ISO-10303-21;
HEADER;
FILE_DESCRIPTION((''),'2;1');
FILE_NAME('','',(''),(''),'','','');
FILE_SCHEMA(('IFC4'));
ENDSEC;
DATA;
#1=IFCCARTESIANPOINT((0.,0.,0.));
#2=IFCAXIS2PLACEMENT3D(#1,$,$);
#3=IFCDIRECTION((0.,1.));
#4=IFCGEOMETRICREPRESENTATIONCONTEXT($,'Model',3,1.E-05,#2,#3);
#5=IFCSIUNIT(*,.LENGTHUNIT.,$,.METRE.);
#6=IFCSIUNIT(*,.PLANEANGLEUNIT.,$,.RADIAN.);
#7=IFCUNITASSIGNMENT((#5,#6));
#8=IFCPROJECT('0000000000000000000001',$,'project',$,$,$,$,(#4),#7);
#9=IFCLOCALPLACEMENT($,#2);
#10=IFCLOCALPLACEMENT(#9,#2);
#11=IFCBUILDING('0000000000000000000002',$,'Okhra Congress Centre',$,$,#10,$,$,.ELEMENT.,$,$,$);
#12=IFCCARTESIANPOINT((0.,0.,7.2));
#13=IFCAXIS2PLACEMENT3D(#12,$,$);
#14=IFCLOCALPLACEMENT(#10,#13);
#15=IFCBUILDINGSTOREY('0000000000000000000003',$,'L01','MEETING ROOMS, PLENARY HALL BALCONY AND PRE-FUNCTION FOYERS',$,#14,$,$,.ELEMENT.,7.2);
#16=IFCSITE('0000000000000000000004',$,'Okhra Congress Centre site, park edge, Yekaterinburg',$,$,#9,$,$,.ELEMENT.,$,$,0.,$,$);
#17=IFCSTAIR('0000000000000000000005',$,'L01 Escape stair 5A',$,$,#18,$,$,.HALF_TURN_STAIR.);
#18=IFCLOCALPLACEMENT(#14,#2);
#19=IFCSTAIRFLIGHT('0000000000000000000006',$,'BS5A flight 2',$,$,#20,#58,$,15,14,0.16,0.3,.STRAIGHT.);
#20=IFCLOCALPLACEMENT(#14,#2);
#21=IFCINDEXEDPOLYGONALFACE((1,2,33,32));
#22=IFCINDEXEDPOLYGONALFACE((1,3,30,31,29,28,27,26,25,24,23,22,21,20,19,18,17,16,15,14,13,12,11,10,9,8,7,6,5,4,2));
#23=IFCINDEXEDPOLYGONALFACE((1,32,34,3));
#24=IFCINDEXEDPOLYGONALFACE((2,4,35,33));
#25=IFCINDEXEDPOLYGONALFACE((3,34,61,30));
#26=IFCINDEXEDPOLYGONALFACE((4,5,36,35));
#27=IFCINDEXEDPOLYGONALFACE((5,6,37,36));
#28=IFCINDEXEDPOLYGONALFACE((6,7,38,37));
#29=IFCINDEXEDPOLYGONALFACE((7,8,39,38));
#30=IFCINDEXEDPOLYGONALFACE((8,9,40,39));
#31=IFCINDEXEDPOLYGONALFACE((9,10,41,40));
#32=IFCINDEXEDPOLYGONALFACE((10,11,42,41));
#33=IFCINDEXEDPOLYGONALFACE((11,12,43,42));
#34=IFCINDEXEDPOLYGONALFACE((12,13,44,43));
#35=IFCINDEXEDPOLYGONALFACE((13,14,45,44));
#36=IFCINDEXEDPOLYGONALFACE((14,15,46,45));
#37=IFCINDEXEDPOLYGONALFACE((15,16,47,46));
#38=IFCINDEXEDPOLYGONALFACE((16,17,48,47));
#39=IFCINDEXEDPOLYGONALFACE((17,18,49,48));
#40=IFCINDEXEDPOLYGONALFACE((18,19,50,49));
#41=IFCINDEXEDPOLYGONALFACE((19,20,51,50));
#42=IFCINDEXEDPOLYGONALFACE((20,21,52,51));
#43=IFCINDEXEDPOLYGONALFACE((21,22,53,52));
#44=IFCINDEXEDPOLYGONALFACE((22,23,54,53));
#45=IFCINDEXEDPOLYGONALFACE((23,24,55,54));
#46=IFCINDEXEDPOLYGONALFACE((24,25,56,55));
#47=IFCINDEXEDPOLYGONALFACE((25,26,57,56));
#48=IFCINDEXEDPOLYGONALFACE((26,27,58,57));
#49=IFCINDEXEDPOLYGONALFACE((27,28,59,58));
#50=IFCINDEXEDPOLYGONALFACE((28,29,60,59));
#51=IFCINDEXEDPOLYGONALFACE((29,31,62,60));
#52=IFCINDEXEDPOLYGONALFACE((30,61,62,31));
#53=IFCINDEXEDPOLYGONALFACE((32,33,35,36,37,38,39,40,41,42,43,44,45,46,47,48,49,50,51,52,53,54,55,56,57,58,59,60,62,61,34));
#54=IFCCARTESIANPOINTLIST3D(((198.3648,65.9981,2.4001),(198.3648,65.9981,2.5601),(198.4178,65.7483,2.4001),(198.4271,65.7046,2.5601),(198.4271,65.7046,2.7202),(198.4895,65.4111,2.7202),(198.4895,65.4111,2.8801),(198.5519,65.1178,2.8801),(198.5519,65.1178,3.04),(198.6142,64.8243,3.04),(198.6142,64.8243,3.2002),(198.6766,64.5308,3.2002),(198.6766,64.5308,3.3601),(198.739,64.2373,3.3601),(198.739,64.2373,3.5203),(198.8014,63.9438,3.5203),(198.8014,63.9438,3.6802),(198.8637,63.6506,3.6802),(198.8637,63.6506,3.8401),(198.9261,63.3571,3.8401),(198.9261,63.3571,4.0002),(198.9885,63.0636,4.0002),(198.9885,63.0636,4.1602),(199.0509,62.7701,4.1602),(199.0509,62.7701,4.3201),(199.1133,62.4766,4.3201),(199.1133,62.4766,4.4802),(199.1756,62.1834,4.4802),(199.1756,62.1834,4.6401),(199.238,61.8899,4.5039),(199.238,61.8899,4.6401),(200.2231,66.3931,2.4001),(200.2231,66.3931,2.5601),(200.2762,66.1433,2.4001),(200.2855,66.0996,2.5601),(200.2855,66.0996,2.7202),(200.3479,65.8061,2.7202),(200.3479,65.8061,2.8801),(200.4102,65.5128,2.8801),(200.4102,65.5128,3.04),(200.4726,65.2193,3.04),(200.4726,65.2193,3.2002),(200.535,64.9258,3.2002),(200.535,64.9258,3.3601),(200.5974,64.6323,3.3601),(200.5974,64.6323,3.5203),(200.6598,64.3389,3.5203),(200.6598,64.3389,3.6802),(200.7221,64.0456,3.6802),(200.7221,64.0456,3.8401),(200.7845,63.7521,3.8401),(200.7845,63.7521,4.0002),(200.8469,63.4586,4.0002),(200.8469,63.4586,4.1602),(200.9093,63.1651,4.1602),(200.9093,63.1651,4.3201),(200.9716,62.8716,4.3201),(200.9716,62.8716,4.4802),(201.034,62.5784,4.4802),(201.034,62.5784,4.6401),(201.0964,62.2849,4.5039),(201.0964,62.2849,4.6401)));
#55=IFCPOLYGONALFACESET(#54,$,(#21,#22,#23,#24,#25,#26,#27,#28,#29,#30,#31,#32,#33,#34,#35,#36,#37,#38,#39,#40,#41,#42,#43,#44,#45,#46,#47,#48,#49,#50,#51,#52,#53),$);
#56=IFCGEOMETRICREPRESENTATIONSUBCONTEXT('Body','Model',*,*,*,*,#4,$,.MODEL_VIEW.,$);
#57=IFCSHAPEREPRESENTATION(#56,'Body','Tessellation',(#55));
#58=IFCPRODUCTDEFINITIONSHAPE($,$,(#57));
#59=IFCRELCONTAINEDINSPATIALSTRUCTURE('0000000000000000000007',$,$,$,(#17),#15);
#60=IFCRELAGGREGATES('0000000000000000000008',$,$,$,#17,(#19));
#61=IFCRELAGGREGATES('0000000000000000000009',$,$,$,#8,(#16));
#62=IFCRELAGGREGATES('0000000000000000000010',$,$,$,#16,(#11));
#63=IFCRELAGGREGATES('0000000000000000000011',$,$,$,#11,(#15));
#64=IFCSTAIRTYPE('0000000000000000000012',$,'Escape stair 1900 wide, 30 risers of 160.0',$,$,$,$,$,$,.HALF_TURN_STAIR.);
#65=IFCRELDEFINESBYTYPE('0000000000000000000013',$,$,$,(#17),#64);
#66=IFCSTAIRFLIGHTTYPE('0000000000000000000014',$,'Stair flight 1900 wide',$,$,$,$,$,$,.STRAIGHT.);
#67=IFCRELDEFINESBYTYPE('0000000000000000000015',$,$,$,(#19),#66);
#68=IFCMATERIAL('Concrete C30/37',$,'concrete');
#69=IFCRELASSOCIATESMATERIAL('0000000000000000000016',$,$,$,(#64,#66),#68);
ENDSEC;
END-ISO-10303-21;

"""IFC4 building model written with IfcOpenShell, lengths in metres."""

from ifc_helpers import new_model, si_unit, direction, frame, origin, place, context, subcontext, project, spatial, polyline, outline, extrude, material, type_object, element, aggregate, save


model = new_model("IFC4")

# Units and contexts
model_context = context("Model", 3, precision=1e-05, world=origin(), true_north=direction((0.0, 1.0)))
body_context = subcontext(model_context, "Body", "Model", "MODEL_VIEW")
ifc_project = project(units=[si_unit("LENGTHUNIT", "METRE"), si_unit("PLANEANGLEUNIT", "RADIAN")], contexts=[model_context])

# Site, building, storey
site_placement = place(None, origin())
site = spatial("IfcSite", under=ifc_project, at=site_placement, Name="Okhra Congress Centre site, park edge, Yekaterinburg", CompositionType="ELEMENT", RefElevation=0.0)
building_placement = place(site_placement, origin())
building = spatial("IfcBuilding", under=site, at=building_placement, Name="Okhra Congress Centre", CompositionType="ELEMENT")
storey_placement = place(building_placement, frame((0.0, 0.0, 7.2)))
storey = spatial("IfcBuildingStorey", under=building, at=storey_placement, Name="L01", Description="MEETING ROOMS, PLENARY HALL BALCONY AND PRE-FUNCTION FOYERS", CompositionType="ELEMENT", Elevation=7.2)

# Shared definitions
ifc_material_1 = material(Name="Concrete C30/37", Category="concrete")

# Stair, stair flight
stair_type = type_object("IfcStairType", Name="Escape stair 1900 wide, 30 risers of 160.0", PredefinedType="HALF_TURN_STAIR", material=ifc_material_1)
stair_placement = place(storey_placement, origin())
stair = element("IfcStair", 1, at=stair_placement, inside=storey, type_object=stair_type, Name="L01 Escape stair 5A", PredefinedType="HALF_TURN_STAIR")
stair_flight_type = type_object("IfcStairFlightType", Name="Stair flight 1900 wide", PredefinedType="STRAIGHT", material=ifc_material_1)
stair_flight_1_placement = place(storey_placement, frame((199.2939, 66.1956, 2.4001), z_axis=(0.0, 0.0, 1.0), x_axis=(0.207912, -0.978148, 0.0)))
stair_flight_1 = element("IfcStairFlight", 2, at=stair_flight_1_placement, type_object=stair_flight_type, Name="BS5A flight 2", NumberOfRisers=15, NumberOfTreads=14, PredefinedType="STRAIGHT", RiserHeight=0.16, TreadLength=0.3, context=body_context, shape_type="SweptSolid", body=[
    extrude(outline(polyline([(0.0, 0.0), (0.0, 0.1599), (0.3, 0.1599), (0.3, 0.3201), (0.6001, 0.3201), (0.6001, 0.48), (0.8999, 0.48), (0.8999, 0.6399), (1.2, 0.6399), (1.2, 0.8), (1.5, 0.8), (1.5, 0.96), (1.8, 0.96), (1.8, 1.1201), (2.1001, 1.1201), (2.1001, 1.28), (2.3999, 1.28), (2.3999, 1.4399), (2.7, 1.4399), (2.7, 1.6001), (3.0, 1.6001), (3.0, 1.76), (3.3, 1.76), (3.3, 1.9199), (3.6001, 1.9199), (3.6001, 2.0801), (3.8999, 2.0801), (3.8999, 2.24), (4.2, 2.24), (4.2, 2.3999), (4.2, 2.1038), (0.2554, 0.0), (0.0, 0.0)])), frame((0.0, 0.95, 0.0), z_axis=(0.0, -1.0, 0.0), x_axis=(1.0, 0.0, 0.0)), (0.0, 0.0, 1.0), 1.8999),
])
aggregate(stair, [stair_flight_1])

save(model, "model.ifc")
